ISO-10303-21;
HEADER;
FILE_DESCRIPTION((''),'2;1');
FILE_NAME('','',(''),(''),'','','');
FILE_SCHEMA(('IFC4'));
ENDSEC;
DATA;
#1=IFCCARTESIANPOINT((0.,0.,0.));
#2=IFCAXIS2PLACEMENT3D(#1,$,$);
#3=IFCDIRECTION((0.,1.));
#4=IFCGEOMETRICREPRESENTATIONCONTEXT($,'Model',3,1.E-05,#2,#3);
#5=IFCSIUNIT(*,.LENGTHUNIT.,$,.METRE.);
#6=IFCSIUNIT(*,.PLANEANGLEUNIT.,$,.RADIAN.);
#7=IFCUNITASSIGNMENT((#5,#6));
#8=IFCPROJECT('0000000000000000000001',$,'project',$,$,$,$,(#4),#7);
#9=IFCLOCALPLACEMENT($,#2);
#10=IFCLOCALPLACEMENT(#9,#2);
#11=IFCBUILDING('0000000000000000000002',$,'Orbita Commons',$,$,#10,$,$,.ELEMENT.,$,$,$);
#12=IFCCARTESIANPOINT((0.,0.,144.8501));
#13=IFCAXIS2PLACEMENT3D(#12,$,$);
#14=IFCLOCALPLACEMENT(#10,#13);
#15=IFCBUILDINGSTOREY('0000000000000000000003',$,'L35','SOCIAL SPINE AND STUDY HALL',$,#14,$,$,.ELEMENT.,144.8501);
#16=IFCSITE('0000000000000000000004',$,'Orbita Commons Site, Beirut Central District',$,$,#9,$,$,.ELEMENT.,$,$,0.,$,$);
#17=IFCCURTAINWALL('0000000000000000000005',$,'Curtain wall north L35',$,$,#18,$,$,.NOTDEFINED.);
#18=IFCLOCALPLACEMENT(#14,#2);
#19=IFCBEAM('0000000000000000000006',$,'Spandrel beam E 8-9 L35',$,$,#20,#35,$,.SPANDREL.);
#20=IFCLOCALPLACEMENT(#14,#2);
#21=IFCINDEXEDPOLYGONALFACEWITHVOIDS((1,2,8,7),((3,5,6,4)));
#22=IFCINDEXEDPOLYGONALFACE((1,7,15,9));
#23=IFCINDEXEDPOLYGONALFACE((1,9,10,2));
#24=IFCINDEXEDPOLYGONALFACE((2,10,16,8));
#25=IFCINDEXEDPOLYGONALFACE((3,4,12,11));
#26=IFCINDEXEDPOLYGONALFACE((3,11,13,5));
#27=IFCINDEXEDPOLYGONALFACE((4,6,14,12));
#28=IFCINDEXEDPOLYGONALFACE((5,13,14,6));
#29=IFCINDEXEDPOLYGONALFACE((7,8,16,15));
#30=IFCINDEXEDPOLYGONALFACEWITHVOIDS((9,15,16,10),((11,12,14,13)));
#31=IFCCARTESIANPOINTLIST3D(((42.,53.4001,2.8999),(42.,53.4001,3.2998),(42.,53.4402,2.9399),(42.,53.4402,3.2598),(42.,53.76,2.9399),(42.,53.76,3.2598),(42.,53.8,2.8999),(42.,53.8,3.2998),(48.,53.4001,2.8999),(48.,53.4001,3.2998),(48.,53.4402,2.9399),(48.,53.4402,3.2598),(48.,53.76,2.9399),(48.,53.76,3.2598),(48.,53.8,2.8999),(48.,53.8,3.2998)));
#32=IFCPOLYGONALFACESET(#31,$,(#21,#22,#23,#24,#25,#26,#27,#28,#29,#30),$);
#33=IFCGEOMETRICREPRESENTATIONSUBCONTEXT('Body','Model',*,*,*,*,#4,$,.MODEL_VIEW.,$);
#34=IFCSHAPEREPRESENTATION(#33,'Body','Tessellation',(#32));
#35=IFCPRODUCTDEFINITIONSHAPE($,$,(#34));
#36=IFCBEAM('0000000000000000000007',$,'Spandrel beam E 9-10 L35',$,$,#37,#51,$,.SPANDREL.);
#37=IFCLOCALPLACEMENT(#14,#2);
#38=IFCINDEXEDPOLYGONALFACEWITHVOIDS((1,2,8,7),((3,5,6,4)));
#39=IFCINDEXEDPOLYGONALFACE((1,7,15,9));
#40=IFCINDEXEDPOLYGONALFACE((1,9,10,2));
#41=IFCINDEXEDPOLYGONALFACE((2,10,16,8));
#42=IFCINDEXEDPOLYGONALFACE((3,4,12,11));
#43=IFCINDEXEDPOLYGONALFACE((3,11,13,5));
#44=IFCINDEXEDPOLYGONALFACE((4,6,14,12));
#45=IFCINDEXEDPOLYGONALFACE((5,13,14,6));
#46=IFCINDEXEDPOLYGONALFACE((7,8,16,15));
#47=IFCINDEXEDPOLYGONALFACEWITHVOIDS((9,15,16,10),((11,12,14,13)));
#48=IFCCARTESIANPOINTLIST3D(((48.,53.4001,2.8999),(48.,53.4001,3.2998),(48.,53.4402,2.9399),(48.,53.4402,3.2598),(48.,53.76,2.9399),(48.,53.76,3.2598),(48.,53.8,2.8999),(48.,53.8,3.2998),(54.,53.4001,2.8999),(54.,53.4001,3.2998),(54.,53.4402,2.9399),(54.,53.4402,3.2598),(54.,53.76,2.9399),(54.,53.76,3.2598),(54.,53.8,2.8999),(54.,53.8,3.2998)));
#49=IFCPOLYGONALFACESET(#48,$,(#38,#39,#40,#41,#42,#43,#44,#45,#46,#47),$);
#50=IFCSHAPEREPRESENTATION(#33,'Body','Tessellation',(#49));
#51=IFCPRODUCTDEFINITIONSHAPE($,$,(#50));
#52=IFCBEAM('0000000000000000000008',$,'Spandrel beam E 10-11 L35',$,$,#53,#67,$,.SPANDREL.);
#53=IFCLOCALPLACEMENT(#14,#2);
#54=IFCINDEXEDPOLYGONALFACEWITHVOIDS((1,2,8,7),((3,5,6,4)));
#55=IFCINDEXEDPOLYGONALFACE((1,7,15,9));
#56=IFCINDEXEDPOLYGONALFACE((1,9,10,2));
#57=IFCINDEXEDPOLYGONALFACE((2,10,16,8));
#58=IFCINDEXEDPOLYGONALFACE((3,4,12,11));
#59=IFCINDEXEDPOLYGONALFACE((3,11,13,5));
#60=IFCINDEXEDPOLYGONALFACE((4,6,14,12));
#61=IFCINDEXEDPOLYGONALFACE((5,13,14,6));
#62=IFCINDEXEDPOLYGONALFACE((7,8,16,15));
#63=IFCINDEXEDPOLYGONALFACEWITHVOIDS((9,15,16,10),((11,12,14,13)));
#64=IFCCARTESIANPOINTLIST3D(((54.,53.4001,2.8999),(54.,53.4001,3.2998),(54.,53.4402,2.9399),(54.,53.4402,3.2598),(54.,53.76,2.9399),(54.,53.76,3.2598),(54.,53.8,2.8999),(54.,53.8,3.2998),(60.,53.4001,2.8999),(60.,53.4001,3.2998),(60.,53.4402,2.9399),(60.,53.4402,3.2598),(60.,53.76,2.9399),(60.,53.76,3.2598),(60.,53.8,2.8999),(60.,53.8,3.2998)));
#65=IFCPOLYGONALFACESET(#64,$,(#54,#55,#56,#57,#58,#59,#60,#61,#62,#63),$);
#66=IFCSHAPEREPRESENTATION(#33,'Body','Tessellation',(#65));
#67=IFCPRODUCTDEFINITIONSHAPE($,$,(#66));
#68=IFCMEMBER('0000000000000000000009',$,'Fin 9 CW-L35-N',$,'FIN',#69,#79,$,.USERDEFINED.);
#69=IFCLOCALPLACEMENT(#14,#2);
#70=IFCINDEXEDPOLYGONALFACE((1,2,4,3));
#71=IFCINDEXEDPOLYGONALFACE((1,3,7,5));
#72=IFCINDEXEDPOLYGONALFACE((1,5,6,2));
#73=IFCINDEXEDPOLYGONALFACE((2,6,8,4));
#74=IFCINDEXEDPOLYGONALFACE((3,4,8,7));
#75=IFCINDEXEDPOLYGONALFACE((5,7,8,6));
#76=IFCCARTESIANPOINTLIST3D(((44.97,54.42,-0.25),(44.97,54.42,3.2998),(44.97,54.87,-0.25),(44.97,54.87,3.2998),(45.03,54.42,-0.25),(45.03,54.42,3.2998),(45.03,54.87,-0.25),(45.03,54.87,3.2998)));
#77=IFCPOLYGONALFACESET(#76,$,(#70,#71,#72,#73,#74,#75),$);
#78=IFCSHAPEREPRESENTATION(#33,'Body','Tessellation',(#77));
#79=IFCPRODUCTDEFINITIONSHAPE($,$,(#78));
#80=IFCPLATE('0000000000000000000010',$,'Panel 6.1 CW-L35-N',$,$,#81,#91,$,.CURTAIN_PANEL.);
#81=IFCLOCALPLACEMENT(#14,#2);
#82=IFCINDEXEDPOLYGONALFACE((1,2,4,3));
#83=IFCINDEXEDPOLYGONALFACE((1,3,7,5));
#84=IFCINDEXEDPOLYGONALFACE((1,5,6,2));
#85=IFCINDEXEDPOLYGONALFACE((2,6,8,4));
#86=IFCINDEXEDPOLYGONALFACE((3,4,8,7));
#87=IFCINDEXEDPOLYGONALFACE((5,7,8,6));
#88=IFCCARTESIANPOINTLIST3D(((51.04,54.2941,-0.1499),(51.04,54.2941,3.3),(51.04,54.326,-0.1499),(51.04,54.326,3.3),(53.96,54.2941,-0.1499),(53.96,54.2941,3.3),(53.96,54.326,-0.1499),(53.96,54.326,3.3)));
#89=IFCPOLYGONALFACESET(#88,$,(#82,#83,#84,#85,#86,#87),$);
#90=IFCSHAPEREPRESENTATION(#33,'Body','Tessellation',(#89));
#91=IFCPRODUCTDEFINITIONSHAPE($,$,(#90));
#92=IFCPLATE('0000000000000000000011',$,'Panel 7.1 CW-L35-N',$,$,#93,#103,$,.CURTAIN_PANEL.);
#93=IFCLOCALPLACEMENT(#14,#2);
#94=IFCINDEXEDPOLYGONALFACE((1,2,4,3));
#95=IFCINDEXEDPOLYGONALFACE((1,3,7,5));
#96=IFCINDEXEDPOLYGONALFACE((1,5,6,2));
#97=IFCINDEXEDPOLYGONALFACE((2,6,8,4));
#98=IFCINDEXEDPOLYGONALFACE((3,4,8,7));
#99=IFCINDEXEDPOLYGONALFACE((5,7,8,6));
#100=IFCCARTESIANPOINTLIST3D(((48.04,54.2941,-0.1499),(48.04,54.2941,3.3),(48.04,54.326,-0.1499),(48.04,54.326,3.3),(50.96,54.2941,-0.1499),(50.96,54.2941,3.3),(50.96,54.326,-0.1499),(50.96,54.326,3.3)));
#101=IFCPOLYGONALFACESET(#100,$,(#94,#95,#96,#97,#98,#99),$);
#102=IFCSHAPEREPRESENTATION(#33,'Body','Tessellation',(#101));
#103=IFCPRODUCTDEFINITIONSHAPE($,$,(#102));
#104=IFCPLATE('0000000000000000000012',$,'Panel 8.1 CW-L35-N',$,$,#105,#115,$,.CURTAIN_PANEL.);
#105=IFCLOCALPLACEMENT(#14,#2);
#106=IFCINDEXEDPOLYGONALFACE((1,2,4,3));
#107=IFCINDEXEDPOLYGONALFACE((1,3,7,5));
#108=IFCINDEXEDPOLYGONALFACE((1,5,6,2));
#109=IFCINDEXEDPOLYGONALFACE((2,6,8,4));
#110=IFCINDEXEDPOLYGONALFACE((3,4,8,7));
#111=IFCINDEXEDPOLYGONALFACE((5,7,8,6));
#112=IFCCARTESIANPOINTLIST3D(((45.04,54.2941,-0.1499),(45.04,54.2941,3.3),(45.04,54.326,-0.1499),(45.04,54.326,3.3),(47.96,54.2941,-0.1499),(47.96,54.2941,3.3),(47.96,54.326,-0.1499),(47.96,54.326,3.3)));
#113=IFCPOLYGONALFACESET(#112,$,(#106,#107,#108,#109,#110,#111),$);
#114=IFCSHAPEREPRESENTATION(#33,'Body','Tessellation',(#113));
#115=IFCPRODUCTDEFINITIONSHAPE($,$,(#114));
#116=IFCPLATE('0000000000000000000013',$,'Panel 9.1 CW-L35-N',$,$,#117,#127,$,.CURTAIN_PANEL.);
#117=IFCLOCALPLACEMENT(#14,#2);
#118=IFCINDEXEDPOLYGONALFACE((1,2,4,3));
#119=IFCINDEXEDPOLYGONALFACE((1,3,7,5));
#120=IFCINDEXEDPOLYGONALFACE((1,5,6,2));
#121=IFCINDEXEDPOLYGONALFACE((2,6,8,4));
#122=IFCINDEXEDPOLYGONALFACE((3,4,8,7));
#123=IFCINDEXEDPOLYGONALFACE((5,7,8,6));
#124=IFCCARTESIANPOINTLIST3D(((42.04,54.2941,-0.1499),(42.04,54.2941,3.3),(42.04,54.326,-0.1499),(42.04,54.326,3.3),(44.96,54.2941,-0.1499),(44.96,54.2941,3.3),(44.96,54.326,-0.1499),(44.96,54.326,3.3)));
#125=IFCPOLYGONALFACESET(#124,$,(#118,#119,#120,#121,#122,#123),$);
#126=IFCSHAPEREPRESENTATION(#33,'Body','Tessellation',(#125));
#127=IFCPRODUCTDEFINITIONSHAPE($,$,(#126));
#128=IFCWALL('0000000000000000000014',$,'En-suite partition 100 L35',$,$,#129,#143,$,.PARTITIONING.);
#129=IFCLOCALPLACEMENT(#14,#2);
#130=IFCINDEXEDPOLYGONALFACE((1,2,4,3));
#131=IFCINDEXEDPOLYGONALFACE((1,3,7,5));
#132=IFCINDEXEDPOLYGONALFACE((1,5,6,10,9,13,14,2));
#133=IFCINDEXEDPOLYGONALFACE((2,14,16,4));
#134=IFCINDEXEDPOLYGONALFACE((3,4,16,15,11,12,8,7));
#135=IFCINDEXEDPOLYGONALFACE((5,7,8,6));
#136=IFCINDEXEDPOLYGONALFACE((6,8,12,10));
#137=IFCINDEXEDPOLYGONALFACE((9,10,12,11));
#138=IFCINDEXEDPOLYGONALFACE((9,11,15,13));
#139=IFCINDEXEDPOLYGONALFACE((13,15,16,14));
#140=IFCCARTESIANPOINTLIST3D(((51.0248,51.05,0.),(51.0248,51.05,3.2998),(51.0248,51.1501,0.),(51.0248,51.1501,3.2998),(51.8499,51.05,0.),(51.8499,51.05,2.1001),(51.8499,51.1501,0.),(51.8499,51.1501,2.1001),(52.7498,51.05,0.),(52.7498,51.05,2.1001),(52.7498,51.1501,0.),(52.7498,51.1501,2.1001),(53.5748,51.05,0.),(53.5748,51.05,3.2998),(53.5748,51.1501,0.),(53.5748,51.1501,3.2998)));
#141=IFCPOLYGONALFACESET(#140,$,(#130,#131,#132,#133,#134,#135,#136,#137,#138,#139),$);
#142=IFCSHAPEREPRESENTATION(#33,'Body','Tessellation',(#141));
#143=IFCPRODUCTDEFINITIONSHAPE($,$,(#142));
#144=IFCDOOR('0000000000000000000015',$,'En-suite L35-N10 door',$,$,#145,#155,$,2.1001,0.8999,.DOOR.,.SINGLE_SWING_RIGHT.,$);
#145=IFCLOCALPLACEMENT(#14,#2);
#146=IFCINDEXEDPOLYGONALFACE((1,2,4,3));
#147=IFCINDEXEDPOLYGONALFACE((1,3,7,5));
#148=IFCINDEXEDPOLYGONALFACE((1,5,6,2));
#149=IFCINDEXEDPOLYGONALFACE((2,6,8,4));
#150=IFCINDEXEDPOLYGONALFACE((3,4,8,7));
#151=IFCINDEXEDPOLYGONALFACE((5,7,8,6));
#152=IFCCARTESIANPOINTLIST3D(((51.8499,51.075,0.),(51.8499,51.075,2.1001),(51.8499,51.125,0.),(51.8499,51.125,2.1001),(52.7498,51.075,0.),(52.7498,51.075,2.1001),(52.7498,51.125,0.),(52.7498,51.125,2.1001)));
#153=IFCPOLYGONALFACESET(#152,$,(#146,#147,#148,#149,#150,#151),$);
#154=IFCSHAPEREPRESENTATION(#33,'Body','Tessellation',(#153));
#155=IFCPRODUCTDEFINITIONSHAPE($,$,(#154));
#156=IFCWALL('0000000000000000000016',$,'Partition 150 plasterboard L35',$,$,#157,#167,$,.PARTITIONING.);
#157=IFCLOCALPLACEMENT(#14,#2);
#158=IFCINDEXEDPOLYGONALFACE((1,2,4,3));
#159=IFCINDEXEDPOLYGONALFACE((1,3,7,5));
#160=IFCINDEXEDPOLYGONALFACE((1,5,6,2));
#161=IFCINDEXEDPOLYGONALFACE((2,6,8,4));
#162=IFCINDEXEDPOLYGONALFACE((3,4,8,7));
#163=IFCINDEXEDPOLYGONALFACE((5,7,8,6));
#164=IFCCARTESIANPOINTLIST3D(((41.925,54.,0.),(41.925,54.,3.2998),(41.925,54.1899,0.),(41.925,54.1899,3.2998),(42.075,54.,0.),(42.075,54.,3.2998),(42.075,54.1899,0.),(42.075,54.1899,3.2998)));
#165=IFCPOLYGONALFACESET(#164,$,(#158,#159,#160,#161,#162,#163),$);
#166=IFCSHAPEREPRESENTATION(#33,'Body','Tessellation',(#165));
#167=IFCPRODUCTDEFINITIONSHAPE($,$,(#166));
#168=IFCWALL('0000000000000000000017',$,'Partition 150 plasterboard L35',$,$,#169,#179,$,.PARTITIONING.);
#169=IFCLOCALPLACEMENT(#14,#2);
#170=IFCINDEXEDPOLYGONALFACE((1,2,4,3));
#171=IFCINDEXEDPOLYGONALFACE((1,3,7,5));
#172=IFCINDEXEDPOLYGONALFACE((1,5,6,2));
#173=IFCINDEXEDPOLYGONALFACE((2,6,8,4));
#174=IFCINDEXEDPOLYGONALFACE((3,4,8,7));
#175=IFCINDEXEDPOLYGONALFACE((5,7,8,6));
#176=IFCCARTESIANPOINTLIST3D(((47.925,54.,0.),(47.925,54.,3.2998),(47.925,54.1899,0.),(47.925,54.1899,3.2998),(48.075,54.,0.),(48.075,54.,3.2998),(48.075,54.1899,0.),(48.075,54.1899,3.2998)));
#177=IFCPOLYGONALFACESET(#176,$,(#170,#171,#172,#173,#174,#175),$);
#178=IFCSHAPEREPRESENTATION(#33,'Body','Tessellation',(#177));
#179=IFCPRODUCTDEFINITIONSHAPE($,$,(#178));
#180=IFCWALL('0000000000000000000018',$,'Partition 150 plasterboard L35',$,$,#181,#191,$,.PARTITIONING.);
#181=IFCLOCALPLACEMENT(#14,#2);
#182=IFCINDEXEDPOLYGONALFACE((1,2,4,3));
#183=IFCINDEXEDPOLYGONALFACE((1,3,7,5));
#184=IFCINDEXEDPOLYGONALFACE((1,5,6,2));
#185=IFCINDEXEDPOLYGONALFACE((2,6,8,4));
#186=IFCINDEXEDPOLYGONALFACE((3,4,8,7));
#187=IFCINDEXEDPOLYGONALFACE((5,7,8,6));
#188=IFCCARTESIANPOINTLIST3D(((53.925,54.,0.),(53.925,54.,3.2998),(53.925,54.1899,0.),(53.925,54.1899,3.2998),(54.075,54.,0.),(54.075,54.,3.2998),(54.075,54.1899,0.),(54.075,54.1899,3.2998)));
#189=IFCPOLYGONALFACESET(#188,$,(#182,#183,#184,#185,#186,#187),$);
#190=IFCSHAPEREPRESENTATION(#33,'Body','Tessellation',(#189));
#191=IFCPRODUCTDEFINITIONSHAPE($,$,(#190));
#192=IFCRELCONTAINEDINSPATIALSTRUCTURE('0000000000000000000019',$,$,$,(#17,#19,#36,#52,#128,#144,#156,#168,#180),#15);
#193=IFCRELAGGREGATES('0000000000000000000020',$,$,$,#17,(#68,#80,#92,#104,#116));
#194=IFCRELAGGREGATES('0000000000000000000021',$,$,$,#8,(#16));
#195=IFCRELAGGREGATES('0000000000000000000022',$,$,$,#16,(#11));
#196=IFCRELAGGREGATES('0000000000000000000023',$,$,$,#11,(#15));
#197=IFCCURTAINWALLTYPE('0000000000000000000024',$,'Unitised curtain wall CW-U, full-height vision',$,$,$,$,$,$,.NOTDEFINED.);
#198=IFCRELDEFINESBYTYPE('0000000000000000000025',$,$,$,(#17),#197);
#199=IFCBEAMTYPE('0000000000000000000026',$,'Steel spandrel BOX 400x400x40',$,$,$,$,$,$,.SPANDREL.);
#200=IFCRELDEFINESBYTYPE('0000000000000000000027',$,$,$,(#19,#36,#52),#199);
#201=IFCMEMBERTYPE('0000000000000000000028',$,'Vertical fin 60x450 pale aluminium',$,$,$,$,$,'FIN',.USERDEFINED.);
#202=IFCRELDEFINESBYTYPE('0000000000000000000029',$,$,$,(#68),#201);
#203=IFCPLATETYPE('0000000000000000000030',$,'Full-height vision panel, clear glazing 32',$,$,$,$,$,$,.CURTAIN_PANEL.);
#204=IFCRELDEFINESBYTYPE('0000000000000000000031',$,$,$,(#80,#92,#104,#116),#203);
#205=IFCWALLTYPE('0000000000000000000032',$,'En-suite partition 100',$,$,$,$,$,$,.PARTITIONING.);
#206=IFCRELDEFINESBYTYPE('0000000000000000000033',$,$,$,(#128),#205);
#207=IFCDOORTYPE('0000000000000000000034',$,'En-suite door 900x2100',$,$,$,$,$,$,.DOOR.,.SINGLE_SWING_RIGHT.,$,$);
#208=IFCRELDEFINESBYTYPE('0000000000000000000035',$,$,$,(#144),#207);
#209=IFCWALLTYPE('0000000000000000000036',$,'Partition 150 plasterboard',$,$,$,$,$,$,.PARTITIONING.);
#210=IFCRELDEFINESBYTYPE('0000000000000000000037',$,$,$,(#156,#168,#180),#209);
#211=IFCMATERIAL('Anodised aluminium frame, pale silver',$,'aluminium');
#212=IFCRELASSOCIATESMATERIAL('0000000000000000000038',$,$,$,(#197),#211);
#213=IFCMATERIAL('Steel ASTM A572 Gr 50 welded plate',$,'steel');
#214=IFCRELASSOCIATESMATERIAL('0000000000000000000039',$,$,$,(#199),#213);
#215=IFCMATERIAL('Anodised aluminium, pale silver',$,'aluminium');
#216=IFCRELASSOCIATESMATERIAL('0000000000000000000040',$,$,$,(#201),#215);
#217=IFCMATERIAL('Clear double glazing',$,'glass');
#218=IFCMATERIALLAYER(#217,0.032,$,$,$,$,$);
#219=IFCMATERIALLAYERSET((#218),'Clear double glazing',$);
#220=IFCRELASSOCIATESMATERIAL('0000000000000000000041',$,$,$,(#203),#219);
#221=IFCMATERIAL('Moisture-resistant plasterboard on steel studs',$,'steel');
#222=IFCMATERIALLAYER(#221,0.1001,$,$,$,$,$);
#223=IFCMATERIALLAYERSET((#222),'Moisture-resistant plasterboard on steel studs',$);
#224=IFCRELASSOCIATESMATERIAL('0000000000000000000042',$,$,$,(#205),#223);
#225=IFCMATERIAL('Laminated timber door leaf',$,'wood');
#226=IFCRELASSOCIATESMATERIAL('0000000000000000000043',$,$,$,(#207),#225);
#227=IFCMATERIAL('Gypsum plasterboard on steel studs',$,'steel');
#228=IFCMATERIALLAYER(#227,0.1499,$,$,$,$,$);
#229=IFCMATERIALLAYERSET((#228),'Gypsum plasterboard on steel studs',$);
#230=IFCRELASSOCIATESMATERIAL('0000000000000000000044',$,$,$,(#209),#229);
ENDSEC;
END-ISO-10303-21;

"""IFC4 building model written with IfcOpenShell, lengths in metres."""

from ifc_helpers import new_model, si_unit, direction, frame, frame_2d, origin, origin_2d, place, context, subcontext, project, spatial, rectangle, hollow_rectangle, extrude, material, layer, layer_set, material_profile, profile_set, type_object, element, fill, aggregate, save


model = new_model("IFC4")

# Units and contexts
model_context = context("Model", 3, precision=1e-05, world=origin(), true_north=direction((0.0, 1.0)))
body_context = subcontext(model_context, "Body", "Model", "MODEL_VIEW")
ifc_project = project(units=[si_unit("LENGTHUNIT", "METRE"), si_unit("PLANEANGLEUNIT", "RADIAN")], contexts=[model_context])

# Site, building, storey
site_placement = place(None, origin())
site = spatial("IfcSite", under=ifc_project, at=site_placement, Name="Orbita Commons Site, Beirut Central District", CompositionType="ELEMENT", RefElevation=0.0)
building_placement = place(site_placement, origin())
building = spatial("IfcBuilding", under=site, at=building_placement, Name="Orbita Commons", CompositionType="ELEMENT")
storey_placement = place(building_placement, frame((0.0, 0.0, 144.8501)))
storey = spatial("IfcBuildingStorey", under=building, at=storey_placement, Name="L35", Description="SOCIAL SPINE AND STUDY HALL", CompositionType="ELEMENT", Elevation=144.8501)

# Curtain wall
ifc_material_1 = material(Name="Anodised aluminium frame, pale silver", Category="aluminium")
curtain_wall_type = type_object("IfcCurtainWallType", Name="Unitised curtain wall CW-U, full-height vision", PredefinedType="NOTDEFINED", material=ifc_material_1)
curtain_wall_placement = place(storey_placement, origin())
curtain_wall = element("IfcCurtainWall", 1, at=curtain_wall_placement, inside=storey, type_object=curtain_wall_type, Name="Curtain wall north L35", PredefinedType="NOTDEFINED")

# Beams
ifc_material_2 = material(Name="Steel ASTM A572 Gr 50 welded plate", Category="steel")
ifc_material_profile_1 = material_profile(ifc_material_2, hollow_rectangle(XDim=0.3999, YDim=0.3999, WallThickness=0.04, at=origin_2d()), Name="BOX 400x400x40")
ifc_profile_set_1 = profile_set([ifc_material_profile_1], Name="Steel ASTM A572 Gr 50 welded plate")
beam_type = type_object("IfcBeamType", Name="Steel spandrel BOX 400x400x40", PredefinedType="SPANDREL", material=ifc_profile_set_1)
for number, where, z_axis, x_axis, name in (
    (2, (42.0, 53.6001, 3.0999), (1.0, 0.0, 0.0), (0.0, 1.0, 0.0), "Spandrel beam E 8-9 L35"),
    (3, (48.0, 53.6001, 3.0999), (1.0, 0.0, 0.0), (0.0, 1.0, 0.0), "Spandrel beam E 9-10 L35"),
    (4, (54.0, 53.6001, 3.0999), (1.0, 0.0, 0.0), (0.0, 1.0, 0.0), "Spandrel beam E 10-11 L35"),
):
    element("IfcBeam", number, at=place(storey_placement, frame(where, z_axis=z_axis, x_axis=x_axis)), inside=storey, type_object=beam_type, Name=name, PredefinedType="SPANDREL", context=body_context, shape_type="SweptSolid", body=[
        extrude(hollow_rectangle(XDim=0.3999, YDim=0.3999, WallThickness=0.04, at=origin_2d()), origin(), (0.0, 0.0, 1.0), 6.0),
    ])

# Member
ifc_material_3 = material(Name="Anodised aluminium, pale silver", Category="aluminium")
ifc_material_profile_2 = material_profile(ifc_material_3, rectangle(XDim=0.0601, YDim=0.45, at=origin_2d()), Name="FIN 60x450")
ifc_profile_set_2 = profile_set([ifc_material_profile_2], Name="Anodised aluminium, pale silver")
member_type_1 = type_object("IfcMemberType", Name="Vertical fin 60x450 pale aluminium", ElementType="FIN", PredefinedType="USERDEFINED", material=ifc_profile_set_2)
member_1_placement = place(storey_placement, frame((45.0, 54.645, -0.25), z_axis=(0.0, 0.0, 1.0), x_axis=(-1.0, 0.0, 0.0)))
member_1 = element("IfcMember", 5, at=member_1_placement, type_object=member_type_1, Name="Fin 9 CW-L35-N", ObjectType="FIN", PredefinedType="USERDEFINED", context=body_context, shape_type="SweptSolid", body=[
    extrude(rectangle(XDim=0.0601, YDim=0.45, at=origin_2d()), origin(), (0.0, 0.0, 1.0), 3.5498),
])

# Plates
ifc_material_4 = material(Name="Clear double glazing", Category="glass")
ifc_layer_1 = layer(ifc_material_4, 0.032)
ifc_layer_set_1 = layer_set([ifc_layer_1], Name="Clear double glazing")
plate_type = type_object("IfcPlateType", Name="Full-height vision panel, clear glazing 32", PredefinedType="CURTAIN_PANEL", material=ifc_layer_set_1)
plate_1_placement = place(storey_placement, frame((52.5, 54.3101, -0.1499), z_axis=(0.0, 0.0, 1.0), x_axis=(-1.0, 0.0, 0.0)))
plate_1 = element("IfcPlate", 6, at=plate_1_placement, type_object=plate_type, Name="Panel 6.1 CW-L35-N", PredefinedType="CURTAIN_PANEL", context=body_context, shape_type="SweptSolid", body=[
    extrude(rectangle(XDim=2.9199, YDim=0.032, at=origin_2d()), origin(), (0.0, 0.0, 1.0), 3.45),
])
plate_2_placement = place(storey_placement, frame((49.5, 54.3101, -0.1499), z_axis=(0.0, 0.0, 1.0), x_axis=(-1.0, 0.0, 0.0)))
plate_2 = element("IfcPlate", 7, at=plate_2_placement, type_object=plate_type, Name="Panel 7.1 CW-L35-N", PredefinedType="CURTAIN_PANEL", context=body_context, shape_type="SweptSolid", body=[
    extrude(rectangle(XDim=2.9199, YDim=0.032, at=origin_2d()), origin(), (0.0, 0.0, 1.0), 3.45),
])
plate_3_placement = place(storey_placement, frame((46.5, 54.3101, -0.1499), z_axis=(0.0, 0.0, 1.0), x_axis=(-1.0, 0.0, 0.0)))
plate_3 = element("IfcPlate", 8, at=plate_3_placement, type_object=plate_type, Name="Panel 8.1 CW-L35-N", PredefinedType="CURTAIN_PANEL", context=body_context, shape_type="SweptSolid", body=[
    extrude(rectangle(XDim=2.9199, YDim=0.032, at=origin_2d()), origin(), (0.0, 0.0, 1.0), 3.45),
])
plate_4_placement = place(storey_placement, frame((43.5, 54.3101, -0.1499), z_axis=(0.0, 0.0, 1.0), x_axis=(-1.0, 0.0, 0.0)))
plate_4 = element("IfcPlate", 9, at=plate_4_placement, type_object=plate_type, Name="Panel 9.1 CW-L35-N", PredefinedType="CURTAIN_PANEL", context=body_context, shape_type="SweptSolid", body=[
    extrude(rectangle(XDim=2.9199, YDim=0.032, at=origin_2d()), origin(), (0.0, 0.0, 1.0), 3.45),
])
aggregate(curtain_wall, [member_1, plate_1, plate_2, plate_3, plate_4])

# Wall, opening, door
ifc_material_5 = material(Name="Moisture-resistant plasterboard on steel studs", Category="steel")
ifc_layer_2 = layer(ifc_material_5, 0.1001)
ifc_layer_set_2 = layer_set([ifc_layer_2], Name="Moisture-resistant plasterboard on steel studs")
wall_type_1 = type_object("IfcWallType", Name="En-suite partition 100", PredefinedType="PARTITIONING", material=ifc_layer_set_2)
wall_placement = place(storey_placement, frame((51.0249, 51.1001, 0.0), z_axis=(0.0, 0.0, 1.0), x_axis=(1.0, 0.0, 0.0)))
wall = element("IfcWall", 10, at=wall_placement, inside=storey, type_object=wall_type_1, Name="En-suite partition 100 L35", PredefinedType="PARTITIONING", context=body_context, shape_type="SweptSolid", body=[
    extrude(rectangle(XDim=2.55, YDim=0.1001, at=frame_2d((1.2749, 0.0))), origin(), (0.0, 0.0, 1.0), 3.2998),
])
opening_placement = place(wall_placement, frame((0.825, 0.0, 0.0)))
opening = element("IfcOpeningElement", 11, at=opening_placement, cuts=wall, PredefinedType="OPENING", context=body_context, shape_type="SweptSolid", body=[
    extrude(rectangle(XDim=0.8999, YDim=2.1001, at=frame_2d((0.45, 1.05))), frame((0.0, 0.0601, 0.0), z_axis=(0.0, -1.0, 0.0), x_axis=(1.0, 0.0, 0.0)), (0.0, 0.0, 1.0), 0.1201),
])
ifc_material_6 = material(Name="Laminated timber door leaf", Category="wood")
door_type = type_object("IfcDoorType", Name="En-suite door 900x2100", OperationType="SINGLE_SWING_RIGHT", PredefinedType="DOOR", material=ifc_material_6)
door_placement = place(opening_placement, origin())
door = element("IfcDoor", 12, at=door_placement, inside=storey, type_object=door_type, Name="En-suite L35-N10 door", OperationType="SINGLE_SWING_RIGHT", OverallHeight=2.1001, OverallWidth=0.8999, PredefinedType="DOOR", context=body_context, shape_type="SweptSolid", body=[
    extrude(rectangle(XDim=0.8999, YDim=2.1001, at=frame_2d((0.45, 1.05))), frame((0.0, 0.0249, 0.0), z_axis=(0.0, -1.0, 0.0), x_axis=(1.0, 0.0, 0.0)), (0.0, 0.0, 1.0), 0.05),
])
fill(opening, door)

# Walls
ifc_material_7 = material(Name="Gypsum plasterboard on steel studs", Category="steel")
ifc_layer_3 = layer(ifc_material_7, 0.1499)
ifc_layer_set_3 = layer_set([ifc_layer_3], Name="Gypsum plasterboard on steel studs")
wall_type_2 = type_object("IfcWallType", Name="Partition 150 plasterboard", PredefinedType="PARTITIONING", material=ifc_layer_set_3)
for number, where, z_axis, x_axis, name in (
    (13, (42.0, 54.0, 0.0), (0.0, 0.0, 1.0), (0.0, 1.0, 0.0), "Partition 150 plasterboard L35"),
    (14, (48.0, 54.0, 0.0), (0.0, 0.0, 1.0), (0.0, 1.0, 0.0), "Partition 150 plasterboard L35"),
    (15, (54.0, 54.0, 0.0), (0.0, 0.0, 1.0), (0.0, 1.0, 0.0), "Partition 150 plasterboard L35"),
):
    element("IfcWall", number, at=place(storey_placement, frame(where, z_axis=z_axis, x_axis=x_axis)), inside=storey, type_object=wall_type_2, Name=name, PredefinedType="PARTITIONING", context=body_context, shape_type="SweptSolid", body=[
        extrude(rectangle(XDim=0.1899, YDim=0.1499, at=frame_2d((0.095, 0.0))), origin(), (0.0, 0.0, 1.0), 3.2998),
    ])

save(model, "model.ifc")
